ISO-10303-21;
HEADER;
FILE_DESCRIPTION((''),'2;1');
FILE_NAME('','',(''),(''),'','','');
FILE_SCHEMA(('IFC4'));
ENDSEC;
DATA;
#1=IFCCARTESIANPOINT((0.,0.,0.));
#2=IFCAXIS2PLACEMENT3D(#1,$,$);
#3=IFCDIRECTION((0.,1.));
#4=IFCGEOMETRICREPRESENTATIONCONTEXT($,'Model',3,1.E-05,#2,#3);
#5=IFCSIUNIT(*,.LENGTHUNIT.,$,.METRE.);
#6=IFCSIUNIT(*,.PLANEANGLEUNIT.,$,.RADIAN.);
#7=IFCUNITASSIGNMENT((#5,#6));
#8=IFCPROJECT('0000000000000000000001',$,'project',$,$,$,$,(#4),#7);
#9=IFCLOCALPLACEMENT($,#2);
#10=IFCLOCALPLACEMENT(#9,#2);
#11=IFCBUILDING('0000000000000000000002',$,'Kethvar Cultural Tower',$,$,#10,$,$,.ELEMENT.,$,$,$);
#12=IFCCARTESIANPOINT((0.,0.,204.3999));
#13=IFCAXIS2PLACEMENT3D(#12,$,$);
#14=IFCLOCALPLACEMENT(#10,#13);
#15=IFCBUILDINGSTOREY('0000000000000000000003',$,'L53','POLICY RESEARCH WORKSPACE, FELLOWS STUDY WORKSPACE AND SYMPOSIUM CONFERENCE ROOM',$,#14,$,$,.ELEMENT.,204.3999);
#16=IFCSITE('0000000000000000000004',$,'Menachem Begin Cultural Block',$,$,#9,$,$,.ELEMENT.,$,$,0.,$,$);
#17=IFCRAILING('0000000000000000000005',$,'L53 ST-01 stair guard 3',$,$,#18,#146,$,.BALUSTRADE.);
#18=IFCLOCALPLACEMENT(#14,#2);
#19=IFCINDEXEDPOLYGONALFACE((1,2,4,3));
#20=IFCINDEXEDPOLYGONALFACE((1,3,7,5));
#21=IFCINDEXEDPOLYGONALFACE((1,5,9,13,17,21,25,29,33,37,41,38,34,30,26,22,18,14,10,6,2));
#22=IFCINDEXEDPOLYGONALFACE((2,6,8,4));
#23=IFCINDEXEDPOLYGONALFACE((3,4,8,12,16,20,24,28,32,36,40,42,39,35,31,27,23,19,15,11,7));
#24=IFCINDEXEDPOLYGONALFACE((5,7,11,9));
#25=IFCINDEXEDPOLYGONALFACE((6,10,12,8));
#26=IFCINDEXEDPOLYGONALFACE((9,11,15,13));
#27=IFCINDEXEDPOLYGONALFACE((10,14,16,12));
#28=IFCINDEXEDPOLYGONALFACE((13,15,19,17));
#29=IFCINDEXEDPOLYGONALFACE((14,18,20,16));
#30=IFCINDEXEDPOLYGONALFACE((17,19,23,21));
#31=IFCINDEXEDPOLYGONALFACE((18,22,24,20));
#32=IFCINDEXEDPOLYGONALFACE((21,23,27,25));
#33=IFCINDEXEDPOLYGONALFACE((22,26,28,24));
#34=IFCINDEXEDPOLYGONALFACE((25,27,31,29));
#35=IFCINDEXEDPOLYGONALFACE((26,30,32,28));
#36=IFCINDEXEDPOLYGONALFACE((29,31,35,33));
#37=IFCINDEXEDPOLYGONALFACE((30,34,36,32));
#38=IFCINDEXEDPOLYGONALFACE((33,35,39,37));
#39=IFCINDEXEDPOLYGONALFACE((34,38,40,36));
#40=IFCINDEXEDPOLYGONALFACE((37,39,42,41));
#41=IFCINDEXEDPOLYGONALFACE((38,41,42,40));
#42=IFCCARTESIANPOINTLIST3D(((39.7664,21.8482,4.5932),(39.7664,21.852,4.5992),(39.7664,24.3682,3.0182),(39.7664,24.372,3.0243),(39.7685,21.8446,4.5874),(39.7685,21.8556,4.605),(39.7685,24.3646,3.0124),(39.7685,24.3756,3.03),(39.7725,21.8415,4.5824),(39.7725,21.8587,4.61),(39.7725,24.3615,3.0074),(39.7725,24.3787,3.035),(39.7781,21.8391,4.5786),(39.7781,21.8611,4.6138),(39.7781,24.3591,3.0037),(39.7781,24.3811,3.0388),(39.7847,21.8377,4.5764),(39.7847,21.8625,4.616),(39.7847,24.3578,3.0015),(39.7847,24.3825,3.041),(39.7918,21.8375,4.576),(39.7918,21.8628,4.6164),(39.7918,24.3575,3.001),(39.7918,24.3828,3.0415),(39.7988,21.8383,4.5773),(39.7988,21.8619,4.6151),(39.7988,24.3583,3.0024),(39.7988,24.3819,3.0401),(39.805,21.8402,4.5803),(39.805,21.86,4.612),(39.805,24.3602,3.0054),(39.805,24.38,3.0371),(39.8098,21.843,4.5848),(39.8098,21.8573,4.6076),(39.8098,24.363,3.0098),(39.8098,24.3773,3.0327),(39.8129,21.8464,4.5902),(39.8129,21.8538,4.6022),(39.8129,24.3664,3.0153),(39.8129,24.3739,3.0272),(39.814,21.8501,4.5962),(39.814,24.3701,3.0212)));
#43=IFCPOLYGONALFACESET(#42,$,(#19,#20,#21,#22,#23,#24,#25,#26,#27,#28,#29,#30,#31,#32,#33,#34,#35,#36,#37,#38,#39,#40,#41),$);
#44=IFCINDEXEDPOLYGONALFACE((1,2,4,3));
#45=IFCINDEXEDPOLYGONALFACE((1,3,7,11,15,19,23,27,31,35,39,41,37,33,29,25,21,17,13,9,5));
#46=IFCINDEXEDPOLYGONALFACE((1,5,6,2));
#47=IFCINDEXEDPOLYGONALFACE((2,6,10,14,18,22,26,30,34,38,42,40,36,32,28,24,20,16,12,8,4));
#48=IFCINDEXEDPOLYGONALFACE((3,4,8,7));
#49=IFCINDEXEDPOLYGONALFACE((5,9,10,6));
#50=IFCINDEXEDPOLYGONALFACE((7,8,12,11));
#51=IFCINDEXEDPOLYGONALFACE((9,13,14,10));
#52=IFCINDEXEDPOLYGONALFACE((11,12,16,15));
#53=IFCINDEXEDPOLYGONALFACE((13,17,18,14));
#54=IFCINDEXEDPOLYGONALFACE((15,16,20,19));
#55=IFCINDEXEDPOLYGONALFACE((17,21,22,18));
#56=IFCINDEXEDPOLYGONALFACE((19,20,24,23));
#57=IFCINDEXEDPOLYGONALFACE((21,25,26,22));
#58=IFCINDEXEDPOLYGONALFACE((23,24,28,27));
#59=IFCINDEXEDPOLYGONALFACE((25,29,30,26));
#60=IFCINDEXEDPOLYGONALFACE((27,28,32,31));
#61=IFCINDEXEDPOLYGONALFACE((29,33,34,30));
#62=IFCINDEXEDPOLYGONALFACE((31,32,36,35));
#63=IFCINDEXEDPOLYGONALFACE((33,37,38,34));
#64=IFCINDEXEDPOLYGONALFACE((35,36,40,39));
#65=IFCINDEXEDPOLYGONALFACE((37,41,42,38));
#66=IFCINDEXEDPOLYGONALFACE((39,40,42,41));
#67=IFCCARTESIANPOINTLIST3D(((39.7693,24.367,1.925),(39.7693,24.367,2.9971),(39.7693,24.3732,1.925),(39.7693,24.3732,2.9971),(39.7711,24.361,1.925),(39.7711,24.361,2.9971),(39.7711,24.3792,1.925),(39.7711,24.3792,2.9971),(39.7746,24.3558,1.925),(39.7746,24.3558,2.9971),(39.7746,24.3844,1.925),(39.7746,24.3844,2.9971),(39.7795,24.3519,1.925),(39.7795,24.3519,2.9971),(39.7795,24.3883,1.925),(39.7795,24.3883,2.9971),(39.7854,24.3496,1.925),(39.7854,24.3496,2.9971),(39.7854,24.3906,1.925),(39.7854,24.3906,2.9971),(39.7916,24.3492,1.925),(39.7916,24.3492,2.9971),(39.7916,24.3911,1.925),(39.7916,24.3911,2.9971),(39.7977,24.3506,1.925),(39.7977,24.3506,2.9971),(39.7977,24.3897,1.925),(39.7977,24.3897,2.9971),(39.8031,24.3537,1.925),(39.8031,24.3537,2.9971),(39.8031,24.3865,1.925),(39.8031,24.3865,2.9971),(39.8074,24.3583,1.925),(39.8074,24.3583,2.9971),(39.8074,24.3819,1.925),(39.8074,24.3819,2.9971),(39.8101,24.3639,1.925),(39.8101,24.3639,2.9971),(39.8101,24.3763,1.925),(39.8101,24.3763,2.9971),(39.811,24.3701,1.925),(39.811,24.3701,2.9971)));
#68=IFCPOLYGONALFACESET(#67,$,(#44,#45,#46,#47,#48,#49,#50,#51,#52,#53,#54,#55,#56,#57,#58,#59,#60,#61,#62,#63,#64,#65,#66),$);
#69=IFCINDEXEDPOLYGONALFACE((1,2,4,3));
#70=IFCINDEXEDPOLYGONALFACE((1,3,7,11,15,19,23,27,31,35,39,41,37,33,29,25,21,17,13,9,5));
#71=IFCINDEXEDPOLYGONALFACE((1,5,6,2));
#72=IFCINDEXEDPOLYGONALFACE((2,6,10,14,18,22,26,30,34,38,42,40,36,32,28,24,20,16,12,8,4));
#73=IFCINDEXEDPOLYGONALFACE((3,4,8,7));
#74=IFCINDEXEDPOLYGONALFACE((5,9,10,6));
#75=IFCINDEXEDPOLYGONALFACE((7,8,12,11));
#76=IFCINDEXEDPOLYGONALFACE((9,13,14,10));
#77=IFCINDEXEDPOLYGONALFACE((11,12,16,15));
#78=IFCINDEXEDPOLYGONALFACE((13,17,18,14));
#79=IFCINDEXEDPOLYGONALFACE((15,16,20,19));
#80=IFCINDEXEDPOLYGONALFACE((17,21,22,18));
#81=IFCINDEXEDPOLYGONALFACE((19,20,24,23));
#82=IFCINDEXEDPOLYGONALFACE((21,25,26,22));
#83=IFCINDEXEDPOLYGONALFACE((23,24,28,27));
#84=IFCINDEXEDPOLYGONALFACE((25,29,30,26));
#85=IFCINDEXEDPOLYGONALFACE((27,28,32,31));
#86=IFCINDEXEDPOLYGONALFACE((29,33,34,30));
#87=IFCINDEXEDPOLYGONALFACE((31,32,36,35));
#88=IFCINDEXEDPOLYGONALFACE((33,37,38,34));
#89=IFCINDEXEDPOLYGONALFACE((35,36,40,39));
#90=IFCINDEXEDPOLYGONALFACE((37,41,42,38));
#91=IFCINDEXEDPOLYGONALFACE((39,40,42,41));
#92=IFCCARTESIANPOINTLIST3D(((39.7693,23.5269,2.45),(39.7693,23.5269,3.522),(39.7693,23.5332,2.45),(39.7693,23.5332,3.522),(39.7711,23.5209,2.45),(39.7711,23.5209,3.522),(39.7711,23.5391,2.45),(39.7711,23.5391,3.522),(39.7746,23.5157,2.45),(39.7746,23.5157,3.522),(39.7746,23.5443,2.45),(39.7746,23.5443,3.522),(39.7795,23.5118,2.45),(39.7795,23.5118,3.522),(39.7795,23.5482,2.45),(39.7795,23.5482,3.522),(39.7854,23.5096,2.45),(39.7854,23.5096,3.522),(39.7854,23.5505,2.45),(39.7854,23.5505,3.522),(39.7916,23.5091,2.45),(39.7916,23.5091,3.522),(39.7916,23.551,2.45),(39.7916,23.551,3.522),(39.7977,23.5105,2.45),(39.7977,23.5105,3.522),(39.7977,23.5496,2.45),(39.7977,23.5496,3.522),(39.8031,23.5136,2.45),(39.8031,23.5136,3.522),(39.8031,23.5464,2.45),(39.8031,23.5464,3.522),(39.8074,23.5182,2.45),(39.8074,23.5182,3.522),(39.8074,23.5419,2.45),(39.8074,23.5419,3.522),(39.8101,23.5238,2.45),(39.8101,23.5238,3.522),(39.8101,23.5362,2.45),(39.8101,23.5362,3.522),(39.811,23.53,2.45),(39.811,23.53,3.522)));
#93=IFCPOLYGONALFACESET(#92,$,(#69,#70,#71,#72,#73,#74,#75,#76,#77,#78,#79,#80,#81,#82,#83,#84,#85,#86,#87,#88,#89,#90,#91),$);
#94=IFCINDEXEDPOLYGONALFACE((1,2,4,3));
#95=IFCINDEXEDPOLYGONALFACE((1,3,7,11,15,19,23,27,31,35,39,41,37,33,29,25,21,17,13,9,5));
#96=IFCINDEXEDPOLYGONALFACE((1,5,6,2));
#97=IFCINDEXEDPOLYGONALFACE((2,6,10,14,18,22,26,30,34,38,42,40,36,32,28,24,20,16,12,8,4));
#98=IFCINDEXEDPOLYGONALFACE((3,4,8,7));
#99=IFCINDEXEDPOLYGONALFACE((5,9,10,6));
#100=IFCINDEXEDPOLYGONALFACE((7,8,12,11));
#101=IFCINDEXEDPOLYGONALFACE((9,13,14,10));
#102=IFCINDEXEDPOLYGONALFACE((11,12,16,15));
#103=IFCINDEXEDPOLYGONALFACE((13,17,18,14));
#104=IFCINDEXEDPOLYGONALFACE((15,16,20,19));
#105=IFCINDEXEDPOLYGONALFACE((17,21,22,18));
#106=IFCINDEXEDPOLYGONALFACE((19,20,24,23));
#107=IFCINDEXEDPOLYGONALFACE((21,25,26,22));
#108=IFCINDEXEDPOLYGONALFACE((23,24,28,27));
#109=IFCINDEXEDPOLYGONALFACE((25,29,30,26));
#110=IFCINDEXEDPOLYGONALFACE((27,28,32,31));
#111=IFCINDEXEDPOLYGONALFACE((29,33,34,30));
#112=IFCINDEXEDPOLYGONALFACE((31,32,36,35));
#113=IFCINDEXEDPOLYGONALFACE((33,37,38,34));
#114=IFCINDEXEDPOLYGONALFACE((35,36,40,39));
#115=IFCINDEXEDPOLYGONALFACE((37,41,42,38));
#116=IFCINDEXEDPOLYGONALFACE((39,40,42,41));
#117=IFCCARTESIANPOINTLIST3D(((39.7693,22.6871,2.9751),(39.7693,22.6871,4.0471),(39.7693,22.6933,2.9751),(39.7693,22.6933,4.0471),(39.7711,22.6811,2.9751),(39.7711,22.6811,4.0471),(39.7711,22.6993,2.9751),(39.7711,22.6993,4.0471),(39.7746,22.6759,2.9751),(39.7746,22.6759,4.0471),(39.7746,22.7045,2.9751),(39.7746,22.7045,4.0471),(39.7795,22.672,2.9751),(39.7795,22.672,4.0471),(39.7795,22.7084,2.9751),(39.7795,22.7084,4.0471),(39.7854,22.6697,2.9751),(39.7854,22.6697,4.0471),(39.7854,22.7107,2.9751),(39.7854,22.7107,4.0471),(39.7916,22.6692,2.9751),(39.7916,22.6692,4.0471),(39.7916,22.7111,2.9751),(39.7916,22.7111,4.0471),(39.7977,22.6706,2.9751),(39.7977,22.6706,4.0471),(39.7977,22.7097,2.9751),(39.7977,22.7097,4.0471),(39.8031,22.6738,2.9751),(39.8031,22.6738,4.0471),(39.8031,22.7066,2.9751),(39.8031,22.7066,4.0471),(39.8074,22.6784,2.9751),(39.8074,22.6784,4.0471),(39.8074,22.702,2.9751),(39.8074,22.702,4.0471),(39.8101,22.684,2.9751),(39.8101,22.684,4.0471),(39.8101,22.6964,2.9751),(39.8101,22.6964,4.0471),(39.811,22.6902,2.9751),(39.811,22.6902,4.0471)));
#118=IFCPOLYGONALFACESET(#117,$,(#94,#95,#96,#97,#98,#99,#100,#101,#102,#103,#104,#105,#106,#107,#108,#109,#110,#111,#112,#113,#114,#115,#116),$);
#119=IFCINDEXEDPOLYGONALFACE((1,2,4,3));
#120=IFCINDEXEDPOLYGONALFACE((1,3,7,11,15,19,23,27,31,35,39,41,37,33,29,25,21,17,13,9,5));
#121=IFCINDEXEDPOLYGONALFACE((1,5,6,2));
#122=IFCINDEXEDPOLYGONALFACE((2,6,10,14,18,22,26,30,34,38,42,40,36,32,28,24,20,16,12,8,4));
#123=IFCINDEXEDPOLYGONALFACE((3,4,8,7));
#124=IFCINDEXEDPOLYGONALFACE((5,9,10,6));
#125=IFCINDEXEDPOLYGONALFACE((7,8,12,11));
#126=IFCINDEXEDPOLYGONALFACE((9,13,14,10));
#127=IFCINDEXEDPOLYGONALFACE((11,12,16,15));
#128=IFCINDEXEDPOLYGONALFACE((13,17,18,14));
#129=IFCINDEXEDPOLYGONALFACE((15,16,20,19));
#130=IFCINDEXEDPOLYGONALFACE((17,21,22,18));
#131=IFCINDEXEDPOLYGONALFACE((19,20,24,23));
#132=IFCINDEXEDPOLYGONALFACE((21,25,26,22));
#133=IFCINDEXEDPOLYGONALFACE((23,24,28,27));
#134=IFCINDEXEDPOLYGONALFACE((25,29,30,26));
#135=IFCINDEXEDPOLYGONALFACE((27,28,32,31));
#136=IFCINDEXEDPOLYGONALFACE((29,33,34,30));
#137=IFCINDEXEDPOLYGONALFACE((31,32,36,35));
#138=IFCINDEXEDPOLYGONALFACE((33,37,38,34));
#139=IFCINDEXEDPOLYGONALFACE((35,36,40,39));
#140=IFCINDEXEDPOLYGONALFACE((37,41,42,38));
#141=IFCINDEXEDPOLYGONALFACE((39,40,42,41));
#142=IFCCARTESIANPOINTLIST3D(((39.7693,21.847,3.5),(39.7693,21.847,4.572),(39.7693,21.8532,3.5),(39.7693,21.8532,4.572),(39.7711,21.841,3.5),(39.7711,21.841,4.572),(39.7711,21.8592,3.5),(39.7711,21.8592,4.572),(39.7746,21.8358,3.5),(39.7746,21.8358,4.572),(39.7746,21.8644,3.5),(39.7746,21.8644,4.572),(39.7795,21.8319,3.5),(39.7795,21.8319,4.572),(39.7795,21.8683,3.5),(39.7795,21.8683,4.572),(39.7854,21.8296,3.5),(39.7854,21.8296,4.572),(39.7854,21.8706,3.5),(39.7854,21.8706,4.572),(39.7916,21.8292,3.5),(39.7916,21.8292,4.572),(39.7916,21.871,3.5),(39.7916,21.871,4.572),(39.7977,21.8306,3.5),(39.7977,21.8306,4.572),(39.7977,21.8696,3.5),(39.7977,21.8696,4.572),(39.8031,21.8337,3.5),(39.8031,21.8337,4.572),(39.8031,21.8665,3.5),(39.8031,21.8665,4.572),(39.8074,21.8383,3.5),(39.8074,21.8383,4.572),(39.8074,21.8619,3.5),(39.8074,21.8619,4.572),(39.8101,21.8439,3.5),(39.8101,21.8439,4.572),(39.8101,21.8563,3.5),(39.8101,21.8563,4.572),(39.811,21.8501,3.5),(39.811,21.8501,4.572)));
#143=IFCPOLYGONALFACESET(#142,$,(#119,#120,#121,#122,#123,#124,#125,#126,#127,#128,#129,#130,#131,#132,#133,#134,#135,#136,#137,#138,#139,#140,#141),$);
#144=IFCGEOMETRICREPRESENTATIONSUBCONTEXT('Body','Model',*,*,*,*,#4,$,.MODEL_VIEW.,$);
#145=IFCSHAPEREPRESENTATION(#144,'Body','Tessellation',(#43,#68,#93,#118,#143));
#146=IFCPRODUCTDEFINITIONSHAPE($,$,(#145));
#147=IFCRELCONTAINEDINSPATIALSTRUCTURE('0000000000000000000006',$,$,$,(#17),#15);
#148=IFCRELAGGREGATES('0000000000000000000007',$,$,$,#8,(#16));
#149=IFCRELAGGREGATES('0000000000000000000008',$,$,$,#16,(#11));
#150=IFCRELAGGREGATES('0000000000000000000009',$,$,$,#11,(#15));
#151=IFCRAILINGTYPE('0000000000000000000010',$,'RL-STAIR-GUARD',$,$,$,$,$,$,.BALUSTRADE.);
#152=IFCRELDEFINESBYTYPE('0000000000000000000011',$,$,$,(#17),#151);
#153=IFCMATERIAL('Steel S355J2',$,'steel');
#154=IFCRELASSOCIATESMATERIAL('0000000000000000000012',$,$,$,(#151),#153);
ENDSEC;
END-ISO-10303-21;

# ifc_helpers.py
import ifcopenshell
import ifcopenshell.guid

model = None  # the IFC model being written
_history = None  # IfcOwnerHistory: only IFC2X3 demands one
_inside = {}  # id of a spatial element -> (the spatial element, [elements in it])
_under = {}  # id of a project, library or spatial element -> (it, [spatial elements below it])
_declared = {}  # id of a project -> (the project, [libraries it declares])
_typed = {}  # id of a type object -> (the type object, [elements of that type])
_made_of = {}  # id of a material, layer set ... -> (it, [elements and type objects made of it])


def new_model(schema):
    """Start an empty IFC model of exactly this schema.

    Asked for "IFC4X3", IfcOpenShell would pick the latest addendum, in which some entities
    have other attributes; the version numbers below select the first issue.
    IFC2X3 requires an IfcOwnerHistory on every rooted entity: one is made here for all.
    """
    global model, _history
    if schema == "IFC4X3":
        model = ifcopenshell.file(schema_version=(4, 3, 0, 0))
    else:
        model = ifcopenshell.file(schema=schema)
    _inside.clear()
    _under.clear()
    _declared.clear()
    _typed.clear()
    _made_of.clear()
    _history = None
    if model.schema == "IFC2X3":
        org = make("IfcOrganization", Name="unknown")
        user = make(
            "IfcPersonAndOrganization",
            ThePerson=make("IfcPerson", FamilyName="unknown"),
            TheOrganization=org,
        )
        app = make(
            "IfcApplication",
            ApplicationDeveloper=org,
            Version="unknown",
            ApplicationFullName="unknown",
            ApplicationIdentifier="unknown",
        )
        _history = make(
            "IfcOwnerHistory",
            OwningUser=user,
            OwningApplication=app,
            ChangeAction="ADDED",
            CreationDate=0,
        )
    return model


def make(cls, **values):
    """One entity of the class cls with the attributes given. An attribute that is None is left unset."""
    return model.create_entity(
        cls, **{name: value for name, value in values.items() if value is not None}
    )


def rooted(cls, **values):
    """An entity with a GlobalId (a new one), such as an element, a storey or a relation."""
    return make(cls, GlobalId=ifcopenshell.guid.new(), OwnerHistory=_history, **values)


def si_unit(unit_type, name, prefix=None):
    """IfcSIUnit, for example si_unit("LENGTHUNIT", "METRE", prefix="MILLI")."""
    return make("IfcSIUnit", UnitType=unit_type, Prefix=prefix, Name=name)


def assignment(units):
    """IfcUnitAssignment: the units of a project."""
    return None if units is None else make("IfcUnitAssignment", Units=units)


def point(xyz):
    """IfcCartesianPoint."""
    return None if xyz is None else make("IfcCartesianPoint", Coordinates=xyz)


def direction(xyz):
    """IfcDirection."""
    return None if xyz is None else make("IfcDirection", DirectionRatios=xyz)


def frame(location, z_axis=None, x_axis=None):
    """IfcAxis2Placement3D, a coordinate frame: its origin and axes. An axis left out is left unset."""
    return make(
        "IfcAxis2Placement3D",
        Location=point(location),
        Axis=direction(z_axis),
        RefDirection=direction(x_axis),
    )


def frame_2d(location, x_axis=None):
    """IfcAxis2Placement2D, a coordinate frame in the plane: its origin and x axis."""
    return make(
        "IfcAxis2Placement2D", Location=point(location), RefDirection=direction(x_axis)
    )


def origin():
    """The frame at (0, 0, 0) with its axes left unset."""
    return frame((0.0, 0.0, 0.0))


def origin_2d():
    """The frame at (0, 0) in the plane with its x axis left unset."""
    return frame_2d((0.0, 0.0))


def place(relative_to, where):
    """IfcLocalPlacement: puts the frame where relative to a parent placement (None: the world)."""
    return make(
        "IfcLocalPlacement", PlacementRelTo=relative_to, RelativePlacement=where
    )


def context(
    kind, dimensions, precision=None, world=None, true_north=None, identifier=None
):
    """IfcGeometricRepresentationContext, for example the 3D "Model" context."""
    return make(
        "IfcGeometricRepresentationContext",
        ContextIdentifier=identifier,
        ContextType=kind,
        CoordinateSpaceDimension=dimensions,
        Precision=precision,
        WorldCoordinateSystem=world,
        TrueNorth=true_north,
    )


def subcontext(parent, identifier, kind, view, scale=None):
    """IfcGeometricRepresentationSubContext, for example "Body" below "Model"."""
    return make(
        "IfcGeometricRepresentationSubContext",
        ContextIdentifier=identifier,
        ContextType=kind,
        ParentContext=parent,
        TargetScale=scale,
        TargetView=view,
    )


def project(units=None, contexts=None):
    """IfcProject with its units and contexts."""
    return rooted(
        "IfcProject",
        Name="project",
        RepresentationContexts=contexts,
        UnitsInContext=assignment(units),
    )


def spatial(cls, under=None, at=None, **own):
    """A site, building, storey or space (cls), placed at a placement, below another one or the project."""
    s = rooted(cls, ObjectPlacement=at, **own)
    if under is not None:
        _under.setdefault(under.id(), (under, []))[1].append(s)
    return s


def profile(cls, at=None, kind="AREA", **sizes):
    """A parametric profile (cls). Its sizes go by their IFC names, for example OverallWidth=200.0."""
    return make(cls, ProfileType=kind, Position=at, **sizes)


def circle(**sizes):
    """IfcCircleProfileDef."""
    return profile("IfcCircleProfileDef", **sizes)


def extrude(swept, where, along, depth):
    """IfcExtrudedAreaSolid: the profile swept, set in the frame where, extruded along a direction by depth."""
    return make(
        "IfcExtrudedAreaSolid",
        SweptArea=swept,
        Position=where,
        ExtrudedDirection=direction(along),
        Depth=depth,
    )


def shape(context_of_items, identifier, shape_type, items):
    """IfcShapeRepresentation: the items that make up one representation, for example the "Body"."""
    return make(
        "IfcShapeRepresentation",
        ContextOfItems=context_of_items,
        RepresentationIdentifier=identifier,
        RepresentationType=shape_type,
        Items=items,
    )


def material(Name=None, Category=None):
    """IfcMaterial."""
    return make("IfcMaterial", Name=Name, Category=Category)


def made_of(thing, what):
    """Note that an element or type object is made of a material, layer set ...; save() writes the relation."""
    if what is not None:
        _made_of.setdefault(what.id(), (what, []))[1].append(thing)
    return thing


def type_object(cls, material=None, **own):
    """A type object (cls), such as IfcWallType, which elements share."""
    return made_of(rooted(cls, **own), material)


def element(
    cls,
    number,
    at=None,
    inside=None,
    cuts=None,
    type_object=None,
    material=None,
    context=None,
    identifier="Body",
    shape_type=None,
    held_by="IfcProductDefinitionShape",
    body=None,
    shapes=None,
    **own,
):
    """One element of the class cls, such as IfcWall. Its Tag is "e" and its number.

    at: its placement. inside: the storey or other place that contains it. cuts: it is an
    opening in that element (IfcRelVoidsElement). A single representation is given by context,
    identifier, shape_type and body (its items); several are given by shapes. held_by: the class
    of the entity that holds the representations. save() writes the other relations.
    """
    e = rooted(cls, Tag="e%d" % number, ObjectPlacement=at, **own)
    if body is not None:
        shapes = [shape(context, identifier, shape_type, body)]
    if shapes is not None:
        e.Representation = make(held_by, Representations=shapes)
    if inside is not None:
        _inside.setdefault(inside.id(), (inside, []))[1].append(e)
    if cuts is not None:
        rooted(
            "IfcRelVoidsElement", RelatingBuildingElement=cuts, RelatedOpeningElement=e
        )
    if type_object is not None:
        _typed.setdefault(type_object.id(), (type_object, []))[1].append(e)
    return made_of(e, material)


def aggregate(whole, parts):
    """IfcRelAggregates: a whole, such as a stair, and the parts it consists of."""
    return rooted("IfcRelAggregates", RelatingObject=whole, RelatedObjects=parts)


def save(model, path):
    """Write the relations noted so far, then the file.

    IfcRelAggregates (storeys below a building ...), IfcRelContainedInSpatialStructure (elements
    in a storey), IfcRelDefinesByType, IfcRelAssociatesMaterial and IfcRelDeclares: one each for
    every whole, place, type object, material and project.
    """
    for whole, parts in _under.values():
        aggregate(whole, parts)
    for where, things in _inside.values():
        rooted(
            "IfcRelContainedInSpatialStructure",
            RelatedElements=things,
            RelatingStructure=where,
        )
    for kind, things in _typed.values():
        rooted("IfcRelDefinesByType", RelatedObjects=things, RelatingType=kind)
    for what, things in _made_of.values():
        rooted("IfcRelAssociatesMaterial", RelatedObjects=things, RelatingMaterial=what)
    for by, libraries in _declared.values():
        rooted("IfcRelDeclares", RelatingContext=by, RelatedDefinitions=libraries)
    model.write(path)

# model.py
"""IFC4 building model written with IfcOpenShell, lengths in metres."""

from ifc_helpers import new_model, si_unit, direction, frame, origin, origin_2d, place, context, subcontext, project, spatial, circle, extrude, material, type_object, element, save


model = new_model("IFC4")

# Units and contexts
model_context = context("Model", 3, precision=1e-05, world=origin(), true_north=direction((0.0, 1.0)))
body_context = subcontext(model_context, "Body", "Model", "MODEL_VIEW")
ifc_project = project(units=[si_unit("LENGTHUNIT", "METRE"), si_unit("PLANEANGLEUNIT", "RADIAN")], contexts=[model_context])

# Site, building, storey
site_placement = place(None, origin())
site = spatial("IfcSite", under=ifc_project, at=site_placement, Name="Menachem Begin Cultural Block", CompositionType="ELEMENT", RefElevation=0.0)
building_placement = place(site_placement, origin())
building = spatial("IfcBuilding", under=site, at=building_placement, Name="Kethvar Cultural Tower", CompositionType="ELEMENT")
storey_placement = place(building_placement, frame((0.0, 0.0, 204.3999)))
storey = spatial("IfcBuildingStorey", under=building, at=storey_placement, Name="L53", Description="POLICY RESEARCH WORKSPACE, FELLOWS STUDY WORKSPACE AND SYMPOSIUM CONFERENCE ROOM", CompositionType="ELEMENT", Elevation=204.3999)

# Shared definitions
ifc_material_1 = material(Name="Steel S355J2", Category="steel")

# Railing
railing_type_1 = type_object("IfcRailingType", Name="RL-STAIR-GUARD", PredefinedType="BALUSTRADE", material=ifc_material_1)
railing_1_placement = place(storey_placement, frame((39.79, 24.3701, 1.925)))
element("IfcRailing", 1, at=railing_1_placement, inside=storey, type_object=railing_type_1, Name="L53 ST-01 stair guard 3", PredefinedType="BALUSTRADE", context=body_context, shape_type="SweptSolid", body=[
    extrude(circle(Radius=0.0239, at=origin_2d()), frame((0.0, 0.0, 1.0962), z_axis=(0.0, -0.848008, 0.529984), x_axis=(1.0, 0.0, 0.0)), (0.0, 0.0, 1.0), 2.9717),
    extrude(circle(Radius=0.021, at=origin_2d()), origin(), (0.0, 0.0, 1.0), 1.072),
    extrude(circle(Radius=0.021, at=origin_2d()), frame((0.0, -0.8401, 0.5249)), (0.0, 0.0, 1.0), 1.072),
    extrude(circle(Radius=0.021, at=origin_2d()), frame((0.0, -1.6799, 1.05)), (0.0, 0.0, 1.0), 1.072),
    extrude(circle(Radius=0.021, at=origin_2d()), frame((0.0, -2.52, 1.575)), (0.0, 0.0, 1.0), 1.072),
])

save(model, "model.ifc")
